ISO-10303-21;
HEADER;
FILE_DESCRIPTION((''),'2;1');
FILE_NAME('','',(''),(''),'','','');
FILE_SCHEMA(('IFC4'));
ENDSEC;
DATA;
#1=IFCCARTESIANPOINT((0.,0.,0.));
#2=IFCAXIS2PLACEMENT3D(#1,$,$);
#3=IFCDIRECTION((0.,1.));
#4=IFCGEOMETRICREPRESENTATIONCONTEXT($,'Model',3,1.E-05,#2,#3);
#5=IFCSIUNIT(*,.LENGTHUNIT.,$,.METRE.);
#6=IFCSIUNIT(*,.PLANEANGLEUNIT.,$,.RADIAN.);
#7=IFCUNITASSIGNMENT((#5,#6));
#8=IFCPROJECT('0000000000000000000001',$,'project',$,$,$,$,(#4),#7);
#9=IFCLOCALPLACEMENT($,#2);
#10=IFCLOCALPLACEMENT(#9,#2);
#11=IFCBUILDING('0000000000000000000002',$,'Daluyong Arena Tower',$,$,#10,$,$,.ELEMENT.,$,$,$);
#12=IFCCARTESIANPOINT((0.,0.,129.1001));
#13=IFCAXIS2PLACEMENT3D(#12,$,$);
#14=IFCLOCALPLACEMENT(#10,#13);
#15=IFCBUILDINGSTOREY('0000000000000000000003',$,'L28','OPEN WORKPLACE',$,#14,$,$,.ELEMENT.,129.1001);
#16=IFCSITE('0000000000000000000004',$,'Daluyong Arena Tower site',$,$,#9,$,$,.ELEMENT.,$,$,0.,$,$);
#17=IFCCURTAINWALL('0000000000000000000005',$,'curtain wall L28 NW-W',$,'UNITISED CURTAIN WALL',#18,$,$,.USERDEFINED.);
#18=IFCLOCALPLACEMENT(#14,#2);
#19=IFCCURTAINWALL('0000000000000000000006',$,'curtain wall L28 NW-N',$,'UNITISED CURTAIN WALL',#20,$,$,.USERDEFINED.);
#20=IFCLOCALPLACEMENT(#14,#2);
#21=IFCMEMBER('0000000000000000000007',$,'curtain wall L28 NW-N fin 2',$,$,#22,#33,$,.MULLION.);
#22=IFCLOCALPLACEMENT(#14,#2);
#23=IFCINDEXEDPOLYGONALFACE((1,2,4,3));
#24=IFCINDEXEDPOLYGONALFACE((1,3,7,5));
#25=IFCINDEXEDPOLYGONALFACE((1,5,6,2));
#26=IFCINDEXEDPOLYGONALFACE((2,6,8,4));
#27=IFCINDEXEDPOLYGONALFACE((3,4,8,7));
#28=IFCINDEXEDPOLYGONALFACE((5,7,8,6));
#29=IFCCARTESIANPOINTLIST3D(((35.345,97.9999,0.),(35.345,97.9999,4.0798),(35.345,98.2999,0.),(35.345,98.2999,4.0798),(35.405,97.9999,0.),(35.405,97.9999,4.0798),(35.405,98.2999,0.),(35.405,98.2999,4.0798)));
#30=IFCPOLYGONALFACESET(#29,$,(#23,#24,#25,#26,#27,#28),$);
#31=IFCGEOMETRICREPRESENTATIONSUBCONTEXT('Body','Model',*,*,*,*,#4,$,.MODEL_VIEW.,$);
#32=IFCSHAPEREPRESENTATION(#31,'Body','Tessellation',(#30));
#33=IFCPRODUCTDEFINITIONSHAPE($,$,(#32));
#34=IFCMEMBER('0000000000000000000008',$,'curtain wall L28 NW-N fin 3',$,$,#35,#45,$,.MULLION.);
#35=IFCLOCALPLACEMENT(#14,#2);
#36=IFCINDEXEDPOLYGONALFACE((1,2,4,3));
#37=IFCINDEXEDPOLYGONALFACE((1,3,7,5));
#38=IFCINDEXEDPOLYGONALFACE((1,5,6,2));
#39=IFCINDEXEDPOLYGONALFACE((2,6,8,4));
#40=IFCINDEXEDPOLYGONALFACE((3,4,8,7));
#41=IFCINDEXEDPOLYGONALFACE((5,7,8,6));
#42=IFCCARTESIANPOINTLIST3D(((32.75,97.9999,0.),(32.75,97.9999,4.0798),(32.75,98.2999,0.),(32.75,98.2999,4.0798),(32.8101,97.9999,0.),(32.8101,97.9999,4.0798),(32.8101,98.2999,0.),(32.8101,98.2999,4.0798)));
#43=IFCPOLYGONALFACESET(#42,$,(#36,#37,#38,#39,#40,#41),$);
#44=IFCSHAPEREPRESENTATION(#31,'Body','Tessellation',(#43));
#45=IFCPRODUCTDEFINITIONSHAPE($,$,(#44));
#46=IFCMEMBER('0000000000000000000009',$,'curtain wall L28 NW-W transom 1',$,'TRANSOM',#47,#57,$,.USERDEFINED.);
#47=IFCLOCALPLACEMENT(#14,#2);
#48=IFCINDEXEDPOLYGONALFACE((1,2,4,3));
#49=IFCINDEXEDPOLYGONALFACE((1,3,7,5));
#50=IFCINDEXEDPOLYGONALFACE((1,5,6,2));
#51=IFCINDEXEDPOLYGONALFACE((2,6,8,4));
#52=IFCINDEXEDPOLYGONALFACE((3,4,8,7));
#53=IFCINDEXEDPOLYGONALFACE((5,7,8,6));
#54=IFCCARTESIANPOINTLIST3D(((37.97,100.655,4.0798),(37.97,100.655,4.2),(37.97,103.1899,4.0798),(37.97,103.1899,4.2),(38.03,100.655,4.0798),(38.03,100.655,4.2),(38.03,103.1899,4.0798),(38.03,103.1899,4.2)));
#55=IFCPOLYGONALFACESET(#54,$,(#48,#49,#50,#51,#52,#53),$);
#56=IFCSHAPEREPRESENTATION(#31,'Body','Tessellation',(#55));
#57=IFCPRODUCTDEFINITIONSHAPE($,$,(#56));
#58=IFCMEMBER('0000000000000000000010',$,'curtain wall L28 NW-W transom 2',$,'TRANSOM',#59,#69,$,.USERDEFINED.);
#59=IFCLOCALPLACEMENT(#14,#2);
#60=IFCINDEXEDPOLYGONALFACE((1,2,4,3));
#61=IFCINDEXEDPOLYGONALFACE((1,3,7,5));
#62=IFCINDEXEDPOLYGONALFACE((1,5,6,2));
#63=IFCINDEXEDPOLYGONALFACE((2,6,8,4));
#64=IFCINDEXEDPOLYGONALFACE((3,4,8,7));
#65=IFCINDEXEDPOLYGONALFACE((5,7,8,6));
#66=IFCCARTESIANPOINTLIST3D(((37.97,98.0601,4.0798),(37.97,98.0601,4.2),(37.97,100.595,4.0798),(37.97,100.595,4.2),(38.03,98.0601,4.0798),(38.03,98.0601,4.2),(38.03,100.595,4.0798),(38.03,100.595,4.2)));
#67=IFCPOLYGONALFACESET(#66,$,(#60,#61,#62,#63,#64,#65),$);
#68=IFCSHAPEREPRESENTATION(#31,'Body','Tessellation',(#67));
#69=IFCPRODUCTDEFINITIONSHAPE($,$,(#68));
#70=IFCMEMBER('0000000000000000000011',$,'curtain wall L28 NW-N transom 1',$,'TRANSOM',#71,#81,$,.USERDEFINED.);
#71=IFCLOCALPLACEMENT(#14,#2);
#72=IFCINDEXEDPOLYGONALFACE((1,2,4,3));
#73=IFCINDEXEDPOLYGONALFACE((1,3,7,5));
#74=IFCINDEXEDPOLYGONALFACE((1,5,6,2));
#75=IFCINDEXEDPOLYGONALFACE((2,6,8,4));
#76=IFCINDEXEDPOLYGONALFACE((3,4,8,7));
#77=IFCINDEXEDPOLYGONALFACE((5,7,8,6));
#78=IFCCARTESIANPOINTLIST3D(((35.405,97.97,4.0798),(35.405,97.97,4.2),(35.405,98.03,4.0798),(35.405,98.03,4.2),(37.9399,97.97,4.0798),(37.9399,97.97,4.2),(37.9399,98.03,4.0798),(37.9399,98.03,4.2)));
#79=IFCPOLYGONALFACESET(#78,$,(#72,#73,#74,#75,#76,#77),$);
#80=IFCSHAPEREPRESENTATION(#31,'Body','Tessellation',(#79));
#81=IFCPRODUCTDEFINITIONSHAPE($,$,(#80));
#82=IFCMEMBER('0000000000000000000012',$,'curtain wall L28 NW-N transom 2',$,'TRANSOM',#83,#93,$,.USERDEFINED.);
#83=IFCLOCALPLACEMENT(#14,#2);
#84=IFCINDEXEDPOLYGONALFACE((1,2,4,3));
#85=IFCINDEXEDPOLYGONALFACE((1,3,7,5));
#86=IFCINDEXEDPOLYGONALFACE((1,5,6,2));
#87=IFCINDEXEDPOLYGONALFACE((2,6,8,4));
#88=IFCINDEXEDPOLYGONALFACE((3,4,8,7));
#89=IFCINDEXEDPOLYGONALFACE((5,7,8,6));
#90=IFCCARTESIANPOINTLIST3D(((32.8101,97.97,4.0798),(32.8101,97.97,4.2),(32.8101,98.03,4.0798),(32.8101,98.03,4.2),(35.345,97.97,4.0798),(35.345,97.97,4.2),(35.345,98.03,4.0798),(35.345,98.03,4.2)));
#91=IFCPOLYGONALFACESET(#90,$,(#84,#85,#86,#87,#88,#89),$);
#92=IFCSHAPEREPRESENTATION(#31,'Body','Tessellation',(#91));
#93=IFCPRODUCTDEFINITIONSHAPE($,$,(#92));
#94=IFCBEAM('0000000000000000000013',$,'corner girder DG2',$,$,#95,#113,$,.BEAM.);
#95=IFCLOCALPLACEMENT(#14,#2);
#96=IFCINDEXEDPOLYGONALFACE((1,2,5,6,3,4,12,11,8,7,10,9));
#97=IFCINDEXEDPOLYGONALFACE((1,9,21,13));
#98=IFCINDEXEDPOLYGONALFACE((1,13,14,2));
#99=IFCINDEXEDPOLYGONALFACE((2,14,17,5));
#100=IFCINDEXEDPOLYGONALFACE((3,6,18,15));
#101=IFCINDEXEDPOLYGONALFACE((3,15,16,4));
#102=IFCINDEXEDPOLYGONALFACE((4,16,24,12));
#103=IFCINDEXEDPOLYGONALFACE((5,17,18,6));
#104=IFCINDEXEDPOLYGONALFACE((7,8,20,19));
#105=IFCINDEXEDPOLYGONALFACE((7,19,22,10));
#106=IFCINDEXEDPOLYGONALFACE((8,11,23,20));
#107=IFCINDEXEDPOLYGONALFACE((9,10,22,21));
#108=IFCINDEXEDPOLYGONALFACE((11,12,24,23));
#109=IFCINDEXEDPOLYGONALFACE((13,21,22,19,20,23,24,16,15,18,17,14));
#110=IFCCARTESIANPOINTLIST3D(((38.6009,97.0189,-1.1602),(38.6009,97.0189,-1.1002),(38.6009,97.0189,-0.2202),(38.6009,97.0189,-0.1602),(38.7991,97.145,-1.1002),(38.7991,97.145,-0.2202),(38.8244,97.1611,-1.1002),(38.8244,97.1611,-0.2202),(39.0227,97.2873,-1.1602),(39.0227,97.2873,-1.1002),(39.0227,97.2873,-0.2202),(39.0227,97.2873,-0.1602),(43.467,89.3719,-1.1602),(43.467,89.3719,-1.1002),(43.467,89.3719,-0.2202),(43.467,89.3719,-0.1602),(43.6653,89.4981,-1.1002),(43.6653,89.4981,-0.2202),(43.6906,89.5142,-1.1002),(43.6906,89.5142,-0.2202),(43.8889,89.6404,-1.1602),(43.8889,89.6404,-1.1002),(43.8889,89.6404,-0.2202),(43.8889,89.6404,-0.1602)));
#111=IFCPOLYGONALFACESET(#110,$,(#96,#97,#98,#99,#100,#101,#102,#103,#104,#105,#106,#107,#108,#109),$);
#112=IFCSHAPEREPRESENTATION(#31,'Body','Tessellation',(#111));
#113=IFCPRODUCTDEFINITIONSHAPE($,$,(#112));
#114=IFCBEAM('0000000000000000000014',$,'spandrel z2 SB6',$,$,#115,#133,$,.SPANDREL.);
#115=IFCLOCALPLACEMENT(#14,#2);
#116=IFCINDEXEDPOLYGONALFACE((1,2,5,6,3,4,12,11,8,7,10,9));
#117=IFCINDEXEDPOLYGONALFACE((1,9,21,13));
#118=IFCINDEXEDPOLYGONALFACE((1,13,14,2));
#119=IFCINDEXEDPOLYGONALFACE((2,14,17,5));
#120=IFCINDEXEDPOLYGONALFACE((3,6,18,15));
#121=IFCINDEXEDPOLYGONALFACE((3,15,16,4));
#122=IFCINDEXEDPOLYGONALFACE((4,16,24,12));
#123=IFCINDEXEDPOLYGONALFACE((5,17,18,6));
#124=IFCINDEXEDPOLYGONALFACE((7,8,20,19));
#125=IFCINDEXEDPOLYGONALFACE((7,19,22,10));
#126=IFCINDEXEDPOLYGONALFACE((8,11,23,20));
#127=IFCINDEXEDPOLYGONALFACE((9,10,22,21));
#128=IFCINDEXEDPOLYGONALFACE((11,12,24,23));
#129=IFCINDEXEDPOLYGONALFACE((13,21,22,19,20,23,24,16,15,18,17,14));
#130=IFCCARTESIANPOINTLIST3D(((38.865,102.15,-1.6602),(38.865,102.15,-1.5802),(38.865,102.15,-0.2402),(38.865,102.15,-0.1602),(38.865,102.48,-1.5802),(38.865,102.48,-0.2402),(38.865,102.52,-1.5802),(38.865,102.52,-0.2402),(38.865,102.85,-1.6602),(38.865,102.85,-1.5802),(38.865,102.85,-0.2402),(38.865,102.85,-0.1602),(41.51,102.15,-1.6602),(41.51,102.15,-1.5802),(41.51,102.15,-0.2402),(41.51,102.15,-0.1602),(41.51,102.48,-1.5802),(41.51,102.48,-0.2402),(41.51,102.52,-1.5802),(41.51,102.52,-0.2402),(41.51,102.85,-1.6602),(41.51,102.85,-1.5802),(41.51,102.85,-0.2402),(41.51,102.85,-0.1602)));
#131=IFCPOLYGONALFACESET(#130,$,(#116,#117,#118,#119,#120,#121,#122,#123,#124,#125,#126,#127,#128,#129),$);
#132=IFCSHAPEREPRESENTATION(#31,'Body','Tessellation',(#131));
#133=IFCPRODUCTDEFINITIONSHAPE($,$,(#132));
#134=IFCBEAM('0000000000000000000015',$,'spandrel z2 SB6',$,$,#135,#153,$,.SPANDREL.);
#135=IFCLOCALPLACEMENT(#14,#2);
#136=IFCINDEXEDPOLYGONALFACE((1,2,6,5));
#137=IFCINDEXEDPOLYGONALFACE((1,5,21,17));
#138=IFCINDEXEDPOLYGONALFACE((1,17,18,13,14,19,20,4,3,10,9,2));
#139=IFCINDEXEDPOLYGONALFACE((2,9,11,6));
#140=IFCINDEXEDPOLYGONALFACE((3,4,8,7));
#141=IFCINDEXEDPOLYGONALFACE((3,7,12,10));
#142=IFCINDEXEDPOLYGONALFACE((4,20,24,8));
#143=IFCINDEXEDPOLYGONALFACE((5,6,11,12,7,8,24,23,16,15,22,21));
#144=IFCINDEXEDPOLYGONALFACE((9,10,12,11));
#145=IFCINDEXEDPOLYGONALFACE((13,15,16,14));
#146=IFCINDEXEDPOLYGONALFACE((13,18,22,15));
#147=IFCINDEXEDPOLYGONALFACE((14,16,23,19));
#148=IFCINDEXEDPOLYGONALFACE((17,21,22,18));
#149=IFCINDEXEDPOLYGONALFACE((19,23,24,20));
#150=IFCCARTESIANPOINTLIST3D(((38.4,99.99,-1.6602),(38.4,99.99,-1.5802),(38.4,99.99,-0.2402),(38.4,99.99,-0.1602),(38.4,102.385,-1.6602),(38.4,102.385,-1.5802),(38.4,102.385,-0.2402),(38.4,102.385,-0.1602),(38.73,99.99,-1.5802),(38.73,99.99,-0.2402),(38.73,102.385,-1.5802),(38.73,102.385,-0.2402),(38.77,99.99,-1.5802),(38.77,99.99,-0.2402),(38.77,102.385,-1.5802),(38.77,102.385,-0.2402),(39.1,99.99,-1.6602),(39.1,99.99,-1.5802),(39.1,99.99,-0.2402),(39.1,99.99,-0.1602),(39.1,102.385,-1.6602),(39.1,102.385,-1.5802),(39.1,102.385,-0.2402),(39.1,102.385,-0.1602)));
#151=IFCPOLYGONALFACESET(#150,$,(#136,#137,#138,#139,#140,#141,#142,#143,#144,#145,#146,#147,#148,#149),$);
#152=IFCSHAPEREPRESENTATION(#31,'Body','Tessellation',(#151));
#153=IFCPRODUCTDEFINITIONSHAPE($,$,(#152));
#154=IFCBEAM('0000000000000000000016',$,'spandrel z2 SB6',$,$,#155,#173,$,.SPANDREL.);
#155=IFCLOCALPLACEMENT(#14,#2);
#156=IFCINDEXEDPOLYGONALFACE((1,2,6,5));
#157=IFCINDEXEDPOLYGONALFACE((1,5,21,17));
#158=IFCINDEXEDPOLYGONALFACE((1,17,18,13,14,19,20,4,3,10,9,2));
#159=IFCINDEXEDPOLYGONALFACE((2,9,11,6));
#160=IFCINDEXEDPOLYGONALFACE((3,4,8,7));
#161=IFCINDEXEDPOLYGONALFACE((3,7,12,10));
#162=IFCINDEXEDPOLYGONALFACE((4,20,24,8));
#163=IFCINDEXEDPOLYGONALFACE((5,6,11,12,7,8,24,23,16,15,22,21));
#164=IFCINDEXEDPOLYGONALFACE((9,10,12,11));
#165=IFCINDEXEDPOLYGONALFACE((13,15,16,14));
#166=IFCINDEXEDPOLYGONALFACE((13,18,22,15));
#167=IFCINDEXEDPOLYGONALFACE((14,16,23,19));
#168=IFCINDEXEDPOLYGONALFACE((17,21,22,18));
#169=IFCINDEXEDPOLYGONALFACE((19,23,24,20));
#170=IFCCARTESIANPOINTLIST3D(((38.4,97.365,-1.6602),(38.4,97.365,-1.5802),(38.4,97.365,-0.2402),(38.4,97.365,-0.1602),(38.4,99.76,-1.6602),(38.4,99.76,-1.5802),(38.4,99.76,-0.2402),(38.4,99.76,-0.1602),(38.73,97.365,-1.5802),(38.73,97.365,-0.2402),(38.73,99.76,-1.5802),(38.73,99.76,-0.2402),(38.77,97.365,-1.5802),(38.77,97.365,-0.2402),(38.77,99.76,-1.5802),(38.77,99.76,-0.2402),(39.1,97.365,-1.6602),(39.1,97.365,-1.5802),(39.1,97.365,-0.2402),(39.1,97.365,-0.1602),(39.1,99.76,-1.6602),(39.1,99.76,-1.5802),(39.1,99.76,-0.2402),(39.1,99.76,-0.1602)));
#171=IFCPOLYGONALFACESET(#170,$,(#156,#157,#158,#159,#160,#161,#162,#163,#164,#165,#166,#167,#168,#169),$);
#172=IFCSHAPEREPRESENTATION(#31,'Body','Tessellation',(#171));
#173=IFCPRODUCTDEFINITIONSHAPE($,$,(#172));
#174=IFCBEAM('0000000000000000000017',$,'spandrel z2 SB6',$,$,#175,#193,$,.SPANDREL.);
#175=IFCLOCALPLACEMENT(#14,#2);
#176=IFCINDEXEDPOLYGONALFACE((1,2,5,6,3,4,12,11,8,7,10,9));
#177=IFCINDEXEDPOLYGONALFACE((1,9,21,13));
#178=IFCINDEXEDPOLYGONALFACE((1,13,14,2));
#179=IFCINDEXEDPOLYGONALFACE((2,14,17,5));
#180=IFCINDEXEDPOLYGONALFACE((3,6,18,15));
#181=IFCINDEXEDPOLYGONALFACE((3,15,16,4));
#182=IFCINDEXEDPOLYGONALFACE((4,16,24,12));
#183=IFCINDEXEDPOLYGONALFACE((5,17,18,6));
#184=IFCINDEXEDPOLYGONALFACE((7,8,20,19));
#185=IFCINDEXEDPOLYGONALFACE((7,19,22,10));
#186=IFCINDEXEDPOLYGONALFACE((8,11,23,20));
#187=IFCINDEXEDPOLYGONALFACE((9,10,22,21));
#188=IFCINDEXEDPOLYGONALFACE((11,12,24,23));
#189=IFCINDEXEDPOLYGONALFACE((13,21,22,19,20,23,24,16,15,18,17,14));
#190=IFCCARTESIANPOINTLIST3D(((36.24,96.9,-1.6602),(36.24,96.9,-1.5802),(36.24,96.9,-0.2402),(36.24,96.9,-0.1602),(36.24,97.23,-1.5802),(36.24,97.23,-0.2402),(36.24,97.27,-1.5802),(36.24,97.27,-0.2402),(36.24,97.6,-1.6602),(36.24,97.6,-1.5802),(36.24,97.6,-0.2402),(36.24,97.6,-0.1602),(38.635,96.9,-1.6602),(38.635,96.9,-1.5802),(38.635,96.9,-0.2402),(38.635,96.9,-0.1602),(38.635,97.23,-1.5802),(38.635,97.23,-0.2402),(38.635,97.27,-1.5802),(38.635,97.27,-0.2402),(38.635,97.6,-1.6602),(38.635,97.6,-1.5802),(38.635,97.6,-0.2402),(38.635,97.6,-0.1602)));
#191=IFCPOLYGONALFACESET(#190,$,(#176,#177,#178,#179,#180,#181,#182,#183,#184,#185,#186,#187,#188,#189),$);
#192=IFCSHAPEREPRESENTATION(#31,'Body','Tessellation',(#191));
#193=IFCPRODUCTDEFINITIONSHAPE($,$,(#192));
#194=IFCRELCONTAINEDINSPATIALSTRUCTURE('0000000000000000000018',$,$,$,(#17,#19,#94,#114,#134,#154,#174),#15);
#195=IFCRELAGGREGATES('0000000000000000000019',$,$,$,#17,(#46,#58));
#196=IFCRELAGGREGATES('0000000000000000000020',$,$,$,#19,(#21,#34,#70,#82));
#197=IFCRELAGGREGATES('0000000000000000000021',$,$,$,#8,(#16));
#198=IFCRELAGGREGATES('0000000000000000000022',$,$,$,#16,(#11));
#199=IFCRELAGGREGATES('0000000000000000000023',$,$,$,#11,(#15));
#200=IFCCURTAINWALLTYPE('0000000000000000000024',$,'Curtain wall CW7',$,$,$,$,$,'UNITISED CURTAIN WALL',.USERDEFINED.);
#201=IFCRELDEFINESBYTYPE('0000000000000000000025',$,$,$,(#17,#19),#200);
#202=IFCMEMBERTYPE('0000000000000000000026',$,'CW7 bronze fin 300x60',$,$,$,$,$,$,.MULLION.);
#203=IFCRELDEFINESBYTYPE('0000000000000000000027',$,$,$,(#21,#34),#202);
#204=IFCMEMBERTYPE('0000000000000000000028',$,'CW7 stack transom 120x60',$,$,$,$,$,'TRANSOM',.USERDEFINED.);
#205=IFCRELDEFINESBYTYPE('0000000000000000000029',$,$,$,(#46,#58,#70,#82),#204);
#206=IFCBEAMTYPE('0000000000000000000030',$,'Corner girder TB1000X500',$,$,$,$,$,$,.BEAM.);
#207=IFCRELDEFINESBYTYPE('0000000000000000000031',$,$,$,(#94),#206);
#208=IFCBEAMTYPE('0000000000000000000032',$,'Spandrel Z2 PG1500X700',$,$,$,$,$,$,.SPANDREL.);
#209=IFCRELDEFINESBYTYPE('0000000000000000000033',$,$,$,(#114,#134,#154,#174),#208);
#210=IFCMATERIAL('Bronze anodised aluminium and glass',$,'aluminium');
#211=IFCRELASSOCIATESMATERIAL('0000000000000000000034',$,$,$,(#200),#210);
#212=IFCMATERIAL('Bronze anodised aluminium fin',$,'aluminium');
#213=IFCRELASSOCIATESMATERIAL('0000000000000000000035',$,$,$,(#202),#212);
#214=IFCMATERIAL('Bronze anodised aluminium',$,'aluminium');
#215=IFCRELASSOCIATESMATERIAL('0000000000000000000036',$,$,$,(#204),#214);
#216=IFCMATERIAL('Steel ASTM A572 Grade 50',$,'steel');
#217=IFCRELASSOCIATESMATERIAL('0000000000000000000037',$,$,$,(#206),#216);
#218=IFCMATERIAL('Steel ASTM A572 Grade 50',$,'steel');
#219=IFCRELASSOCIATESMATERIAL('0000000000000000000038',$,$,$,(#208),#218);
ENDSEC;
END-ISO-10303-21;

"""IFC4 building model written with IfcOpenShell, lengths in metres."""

from ifc_helpers import new_model, si_unit, direction, frame, origin, origin_2d, place, context, subcontext, project, spatial, rectangle, i_section, extrude, material, material_profile, profile_set, type_object, element, aggregate, save


model = new_model("IFC4")

# Units and contexts
model_context = context("Model", 3, precision=1e-05, world=origin(), true_north=direction((0.0, 1.0)))
body_context = subcontext(model_context, "Body", "Model", "MODEL_VIEW")
ifc_project = project(units=[si_unit("LENGTHUNIT", "METRE"), si_unit("PLANEANGLEUNIT", "RADIAN")], contexts=[model_context])

# Site, building, storey
site_placement = place(None, origin())
site = spatial("IfcSite", under=ifc_project, at=site_placement, Name="Daluyong Arena Tower site", CompositionType="ELEMENT", RefElevation=0.0)
building_placement = place(site_placement, origin())
building = spatial("IfcBuilding", under=site, at=building_placement, Name="Daluyong Arena Tower", CompositionType="ELEMENT")
storey_placement = place(building_placement, frame((0.0, 0.0, 129.1001)))
storey = spatial("IfcBuildingStorey", under=building, at=storey_placement, Name="L28", Description="OPEN WORKPLACE", CompositionType="ELEMENT", Elevation=129.1001)

# Curtain walls, members
ifc_material_1 = material(Name="Bronze anodised aluminium and glass", Category="aluminium")
curtain_wall_type_1 = type_object("IfcCurtainWallType", Name="Curtain wall CW7", ElementType="UNITISED CURTAIN WALL", PredefinedType="USERDEFINED", material=ifc_material_1)
curtain_wall_1_placement = place(storey_placement, origin())
curtain_wall_1 = element("IfcCurtainWall", 1, at=curtain_wall_1_placement, inside=storey, type_object=curtain_wall_type_1, Name="curtain wall L28 NW-W", ObjectType="UNITISED CURTAIN WALL", PredefinedType="USERDEFINED")
ifc_material_2 = material(Name="Bronze anodised aluminium fin", Category="aluminium")
ifc_material_profile_1 = material_profile(ifc_material_2, rectangle(XDim=0.3, YDim=0.0601, at=origin_2d()))
ifc_profile_set_1 = profile_set([ifc_material_profile_1], Name="Bronze anodised aluminium fin")
member_type_1 = type_object("IfcMemberType", Name="CW7 bronze fin 300x60", PredefinedType="MULLION", material=ifc_profile_set_1)
curtain_wall_2_placement = place(storey_placement, origin())
curtain_wall_2 = element("IfcCurtainWall", 2, at=curtain_wall_2_placement, inside=storey, type_object=curtain_wall_type_1, Name="curtain wall L28 NW-N", ObjectType="UNITISED CURTAIN WALL", PredefinedType="USERDEFINED")
member_1_placement = place(storey_placement, frame((35.375, 98.1499, 0.0), z_axis=(0.0, 0.0, 1.0), x_axis=(0.0, -1.0, 0.0)))
member_1 = element("IfcMember", 3, at=member_1_placement, type_object=member_type_1, Name="curtain wall L28 NW-N fin 2", PredefinedType="MULLION", context=body_context, shape_type="SweptSolid", body=[
    extrude(rectangle(XDim=0.3, YDim=0.0601, at=origin_2d()), origin(), (0.0, 0.0, 1.0), 4.0798),
])
member_2_placement = place(storey_placement, frame((32.78, 98.1499, 0.0), z_axis=(0.0, 0.0, 1.0), x_axis=(0.0, -1.0, 0.0)))
member_2 = element("IfcMember", 4, at=member_2_placement, type_object=member_type_1, Name="curtain wall L28 NW-N fin 3", PredefinedType="MULLION", context=body_context, shape_type="SweptSolid", body=[
    extrude(rectangle(XDim=0.3, YDim=0.0601, at=origin_2d()), origin(), (0.0, 0.0, 1.0), 4.0798),
])

# Members
ifc_material_3 = material(Name="Bronze anodised aluminium", Category="aluminium")
ifc_material_profile_2 = material_profile(ifc_material_3, rectangle(XDim=0.0601, YDim=0.1201, at=origin_2d()))
ifc_profile_set_2 = profile_set([ifc_material_profile_2], Name="Bronze anodised aluminium")
member_type_2 = type_object("IfcMemberType", Name="CW7 stack transom 120x60", ElementType="TRANSOM", PredefinedType="USERDEFINED", material=ifc_profile_set_2)
member_3_placement = place(storey_placement, frame((38.0, 103.1899, 4.1399), z_axis=(0.0, -1.0, 0.0), x_axis=(1.0, 0.0, 0.0)))
member_3 = element("IfcMember", 5, at=member_3_placement, type_object=member_type_2, Name="curtain wall L28 NW-W transom 1", ObjectType="TRANSOM", PredefinedType="USERDEFINED", context=body_context, shape_type="SweptSolid", body=[
    extrude(rectangle(XDim=0.0601, YDim=0.1201, at=origin_2d()), origin(), (0.0, 0.0, 1.0), 2.5349),
])
member_4_placement = place(storey_placement, frame((38.0, 100.595, 4.1399), z_axis=(0.0, -1.0, 0.0), x_axis=(1.0, 0.0, 0.0)))
member_4 = element("IfcMember", 6, at=member_4_placement, type_object=member_type_2, Name="curtain wall L28 NW-W transom 2", ObjectType="TRANSOM", PredefinedType="USERDEFINED", context=body_context, shape_type="SweptSolid", body=[
    extrude(rectangle(XDim=0.0601, YDim=0.1201, at=origin_2d()), origin(), (0.0, 0.0, 1.0), 2.5349),
])
member_5_placement = place(storey_placement, frame((37.9399, 98.0, 4.1399), z_axis=(-1.0, 0.0, 0.0), x_axis=(0.0, -1.0, 0.0)))
member_5 = element("IfcMember", 7, at=member_5_placement, type_object=member_type_2, Name="curtain wall L28 NW-N transom 1", ObjectType="TRANSOM", PredefinedType="USERDEFINED", context=body_context, shape_type="SweptSolid", body=[
    extrude(rectangle(XDim=0.0601, YDim=0.1201, at=origin_2d()), origin(), (0.0, 0.0, 1.0), 2.5349),
])
member_6_placement = place(storey_placement, frame((35.345, 98.0, 4.1399), z_axis=(-1.0, 0.0, 0.0), x_axis=(0.0, -1.0, 0.0)))
member_6 = element("IfcMember", 8, at=member_6_placement, type_object=member_type_2, Name="curtain wall L28 NW-N transom 2", ObjectType="TRANSOM", PredefinedType="USERDEFINED", context=body_context, shape_type="SweptSolid", body=[
    extrude(rectangle(XDim=0.0601, YDim=0.1201, at=origin_2d()), origin(), (0.0, 0.0, 1.0), 2.5349),
])

# Beams
ifc_material_4 = material(Name="Steel ASTM A572 Grade 50", Category="steel")
ifc_material_profile_3 = material_profile(ifc_material_4, i_section(OverallWidth=0.5, OverallDepth=1.0, WebThickness=0.03, FlangeThickness=0.06, at=origin_2d()))
ifc_profile_set_3 = profile_set([ifc_material_profile_3], Name="Steel ASTM A572 Grade 50")
beam_type_1 = type_object("IfcBeamType", Name="Corner girder TB1000X500", PredefinedType="BEAM", material=ifc_profile_set_3)
beam_1_placement = place(storey_placement, frame((38.8118, 97.1531, -0.6602), z_axis=(0.536872, -0.843664, 0.0), x_axis=(0.843664, 0.536872, 0.0)))
element("IfcBeam", 9, at=beam_1_placement, inside=storey, type_object=beam_type_1, Name="corner girder DG2", PredefinedType="BEAM", context=body_context, shape_type="SweptSolid", body=[
    extrude(i_section(OverallWidth=0.5, OverallDepth=1.0, WebThickness=0.03, FlangeThickness=0.06, at=origin_2d()), origin(), (0.0, 0.0, 1.0), 9.064),
])
ifc_material_5 = material(Name="Steel ASTM A572 Grade 50", Category="steel")
ifc_material_profile_4 = material_profile(ifc_material_5, i_section(OverallWidth=0.7, OverallDepth=1.5, WebThickness=0.04, FlangeThickness=0.08, at=origin_2d()))
ifc_profile_set_4 = profile_set([ifc_material_profile_4], Name="Steel ASTM A572 Grade 50")
beam_type_2 = type_object("IfcBeamType", Name="Spandrel Z2 PG1500X700", PredefinedType="SPANDREL", material=ifc_profile_set_4)
beam_2_placement = place(storey_placement, frame((41.51, 102.5, -0.9102), z_axis=(-1.0, 0.0, 0.0), x_axis=(0.0, -1.0, 0.0)))
element("IfcBeam", 10, at=beam_2_placement, inside=storey, type_object=beam_type_2, Name="spandrel z2 SB6", PredefinedType="SPANDREL", context=body_context, shape_type="SweptSolid", body=[
    extrude(i_section(OverallWidth=0.7, OverallDepth=1.5, WebThickness=0.04, FlangeThickness=0.08, at=origin_2d()), origin(), (0.0, 0.0, 1.0), 2.645),
])
for number, where, z_axis, x_axis, name in (
    (11, (38.75, 102.385, -0.9102), (0.0, -1.0, 0.0), (1.0, 0.0, 0.0), "spandrel z2 SB6"),
    (12, (38.75, 99.76, -0.9102), (0.0, -1.0, 0.0), (1.0, 0.0, 0.0), "spandrel z2 SB6"),
    (13, (38.635, 97.25, -0.9102), (-1.0, 0.0, 0.0), (0.0, -1.0, 0.0), "spandrel z2 SB6"),
):
    element("IfcBeam", number, at=place(storey_placement, frame(where, z_axis=z_axis, x_axis=x_axis)), inside=storey, type_object=beam_type_2, Name=name, PredefinedType="SPANDREL", context=body_context, shape_type="SweptSolid", body=[
        extrude(i_section(OverallWidth=0.7, OverallDepth=1.5, WebThickness=0.04, FlangeThickness=0.08, at=origin_2d()), origin(), (0.0, 0.0, 1.0), 2.395),
    ])

aggregate(curtain_wall_1, [member_3, member_4])
aggregate(curtain_wall_2, [member_1, member_2, member_5, member_6])

save(model, "model.ifc")
